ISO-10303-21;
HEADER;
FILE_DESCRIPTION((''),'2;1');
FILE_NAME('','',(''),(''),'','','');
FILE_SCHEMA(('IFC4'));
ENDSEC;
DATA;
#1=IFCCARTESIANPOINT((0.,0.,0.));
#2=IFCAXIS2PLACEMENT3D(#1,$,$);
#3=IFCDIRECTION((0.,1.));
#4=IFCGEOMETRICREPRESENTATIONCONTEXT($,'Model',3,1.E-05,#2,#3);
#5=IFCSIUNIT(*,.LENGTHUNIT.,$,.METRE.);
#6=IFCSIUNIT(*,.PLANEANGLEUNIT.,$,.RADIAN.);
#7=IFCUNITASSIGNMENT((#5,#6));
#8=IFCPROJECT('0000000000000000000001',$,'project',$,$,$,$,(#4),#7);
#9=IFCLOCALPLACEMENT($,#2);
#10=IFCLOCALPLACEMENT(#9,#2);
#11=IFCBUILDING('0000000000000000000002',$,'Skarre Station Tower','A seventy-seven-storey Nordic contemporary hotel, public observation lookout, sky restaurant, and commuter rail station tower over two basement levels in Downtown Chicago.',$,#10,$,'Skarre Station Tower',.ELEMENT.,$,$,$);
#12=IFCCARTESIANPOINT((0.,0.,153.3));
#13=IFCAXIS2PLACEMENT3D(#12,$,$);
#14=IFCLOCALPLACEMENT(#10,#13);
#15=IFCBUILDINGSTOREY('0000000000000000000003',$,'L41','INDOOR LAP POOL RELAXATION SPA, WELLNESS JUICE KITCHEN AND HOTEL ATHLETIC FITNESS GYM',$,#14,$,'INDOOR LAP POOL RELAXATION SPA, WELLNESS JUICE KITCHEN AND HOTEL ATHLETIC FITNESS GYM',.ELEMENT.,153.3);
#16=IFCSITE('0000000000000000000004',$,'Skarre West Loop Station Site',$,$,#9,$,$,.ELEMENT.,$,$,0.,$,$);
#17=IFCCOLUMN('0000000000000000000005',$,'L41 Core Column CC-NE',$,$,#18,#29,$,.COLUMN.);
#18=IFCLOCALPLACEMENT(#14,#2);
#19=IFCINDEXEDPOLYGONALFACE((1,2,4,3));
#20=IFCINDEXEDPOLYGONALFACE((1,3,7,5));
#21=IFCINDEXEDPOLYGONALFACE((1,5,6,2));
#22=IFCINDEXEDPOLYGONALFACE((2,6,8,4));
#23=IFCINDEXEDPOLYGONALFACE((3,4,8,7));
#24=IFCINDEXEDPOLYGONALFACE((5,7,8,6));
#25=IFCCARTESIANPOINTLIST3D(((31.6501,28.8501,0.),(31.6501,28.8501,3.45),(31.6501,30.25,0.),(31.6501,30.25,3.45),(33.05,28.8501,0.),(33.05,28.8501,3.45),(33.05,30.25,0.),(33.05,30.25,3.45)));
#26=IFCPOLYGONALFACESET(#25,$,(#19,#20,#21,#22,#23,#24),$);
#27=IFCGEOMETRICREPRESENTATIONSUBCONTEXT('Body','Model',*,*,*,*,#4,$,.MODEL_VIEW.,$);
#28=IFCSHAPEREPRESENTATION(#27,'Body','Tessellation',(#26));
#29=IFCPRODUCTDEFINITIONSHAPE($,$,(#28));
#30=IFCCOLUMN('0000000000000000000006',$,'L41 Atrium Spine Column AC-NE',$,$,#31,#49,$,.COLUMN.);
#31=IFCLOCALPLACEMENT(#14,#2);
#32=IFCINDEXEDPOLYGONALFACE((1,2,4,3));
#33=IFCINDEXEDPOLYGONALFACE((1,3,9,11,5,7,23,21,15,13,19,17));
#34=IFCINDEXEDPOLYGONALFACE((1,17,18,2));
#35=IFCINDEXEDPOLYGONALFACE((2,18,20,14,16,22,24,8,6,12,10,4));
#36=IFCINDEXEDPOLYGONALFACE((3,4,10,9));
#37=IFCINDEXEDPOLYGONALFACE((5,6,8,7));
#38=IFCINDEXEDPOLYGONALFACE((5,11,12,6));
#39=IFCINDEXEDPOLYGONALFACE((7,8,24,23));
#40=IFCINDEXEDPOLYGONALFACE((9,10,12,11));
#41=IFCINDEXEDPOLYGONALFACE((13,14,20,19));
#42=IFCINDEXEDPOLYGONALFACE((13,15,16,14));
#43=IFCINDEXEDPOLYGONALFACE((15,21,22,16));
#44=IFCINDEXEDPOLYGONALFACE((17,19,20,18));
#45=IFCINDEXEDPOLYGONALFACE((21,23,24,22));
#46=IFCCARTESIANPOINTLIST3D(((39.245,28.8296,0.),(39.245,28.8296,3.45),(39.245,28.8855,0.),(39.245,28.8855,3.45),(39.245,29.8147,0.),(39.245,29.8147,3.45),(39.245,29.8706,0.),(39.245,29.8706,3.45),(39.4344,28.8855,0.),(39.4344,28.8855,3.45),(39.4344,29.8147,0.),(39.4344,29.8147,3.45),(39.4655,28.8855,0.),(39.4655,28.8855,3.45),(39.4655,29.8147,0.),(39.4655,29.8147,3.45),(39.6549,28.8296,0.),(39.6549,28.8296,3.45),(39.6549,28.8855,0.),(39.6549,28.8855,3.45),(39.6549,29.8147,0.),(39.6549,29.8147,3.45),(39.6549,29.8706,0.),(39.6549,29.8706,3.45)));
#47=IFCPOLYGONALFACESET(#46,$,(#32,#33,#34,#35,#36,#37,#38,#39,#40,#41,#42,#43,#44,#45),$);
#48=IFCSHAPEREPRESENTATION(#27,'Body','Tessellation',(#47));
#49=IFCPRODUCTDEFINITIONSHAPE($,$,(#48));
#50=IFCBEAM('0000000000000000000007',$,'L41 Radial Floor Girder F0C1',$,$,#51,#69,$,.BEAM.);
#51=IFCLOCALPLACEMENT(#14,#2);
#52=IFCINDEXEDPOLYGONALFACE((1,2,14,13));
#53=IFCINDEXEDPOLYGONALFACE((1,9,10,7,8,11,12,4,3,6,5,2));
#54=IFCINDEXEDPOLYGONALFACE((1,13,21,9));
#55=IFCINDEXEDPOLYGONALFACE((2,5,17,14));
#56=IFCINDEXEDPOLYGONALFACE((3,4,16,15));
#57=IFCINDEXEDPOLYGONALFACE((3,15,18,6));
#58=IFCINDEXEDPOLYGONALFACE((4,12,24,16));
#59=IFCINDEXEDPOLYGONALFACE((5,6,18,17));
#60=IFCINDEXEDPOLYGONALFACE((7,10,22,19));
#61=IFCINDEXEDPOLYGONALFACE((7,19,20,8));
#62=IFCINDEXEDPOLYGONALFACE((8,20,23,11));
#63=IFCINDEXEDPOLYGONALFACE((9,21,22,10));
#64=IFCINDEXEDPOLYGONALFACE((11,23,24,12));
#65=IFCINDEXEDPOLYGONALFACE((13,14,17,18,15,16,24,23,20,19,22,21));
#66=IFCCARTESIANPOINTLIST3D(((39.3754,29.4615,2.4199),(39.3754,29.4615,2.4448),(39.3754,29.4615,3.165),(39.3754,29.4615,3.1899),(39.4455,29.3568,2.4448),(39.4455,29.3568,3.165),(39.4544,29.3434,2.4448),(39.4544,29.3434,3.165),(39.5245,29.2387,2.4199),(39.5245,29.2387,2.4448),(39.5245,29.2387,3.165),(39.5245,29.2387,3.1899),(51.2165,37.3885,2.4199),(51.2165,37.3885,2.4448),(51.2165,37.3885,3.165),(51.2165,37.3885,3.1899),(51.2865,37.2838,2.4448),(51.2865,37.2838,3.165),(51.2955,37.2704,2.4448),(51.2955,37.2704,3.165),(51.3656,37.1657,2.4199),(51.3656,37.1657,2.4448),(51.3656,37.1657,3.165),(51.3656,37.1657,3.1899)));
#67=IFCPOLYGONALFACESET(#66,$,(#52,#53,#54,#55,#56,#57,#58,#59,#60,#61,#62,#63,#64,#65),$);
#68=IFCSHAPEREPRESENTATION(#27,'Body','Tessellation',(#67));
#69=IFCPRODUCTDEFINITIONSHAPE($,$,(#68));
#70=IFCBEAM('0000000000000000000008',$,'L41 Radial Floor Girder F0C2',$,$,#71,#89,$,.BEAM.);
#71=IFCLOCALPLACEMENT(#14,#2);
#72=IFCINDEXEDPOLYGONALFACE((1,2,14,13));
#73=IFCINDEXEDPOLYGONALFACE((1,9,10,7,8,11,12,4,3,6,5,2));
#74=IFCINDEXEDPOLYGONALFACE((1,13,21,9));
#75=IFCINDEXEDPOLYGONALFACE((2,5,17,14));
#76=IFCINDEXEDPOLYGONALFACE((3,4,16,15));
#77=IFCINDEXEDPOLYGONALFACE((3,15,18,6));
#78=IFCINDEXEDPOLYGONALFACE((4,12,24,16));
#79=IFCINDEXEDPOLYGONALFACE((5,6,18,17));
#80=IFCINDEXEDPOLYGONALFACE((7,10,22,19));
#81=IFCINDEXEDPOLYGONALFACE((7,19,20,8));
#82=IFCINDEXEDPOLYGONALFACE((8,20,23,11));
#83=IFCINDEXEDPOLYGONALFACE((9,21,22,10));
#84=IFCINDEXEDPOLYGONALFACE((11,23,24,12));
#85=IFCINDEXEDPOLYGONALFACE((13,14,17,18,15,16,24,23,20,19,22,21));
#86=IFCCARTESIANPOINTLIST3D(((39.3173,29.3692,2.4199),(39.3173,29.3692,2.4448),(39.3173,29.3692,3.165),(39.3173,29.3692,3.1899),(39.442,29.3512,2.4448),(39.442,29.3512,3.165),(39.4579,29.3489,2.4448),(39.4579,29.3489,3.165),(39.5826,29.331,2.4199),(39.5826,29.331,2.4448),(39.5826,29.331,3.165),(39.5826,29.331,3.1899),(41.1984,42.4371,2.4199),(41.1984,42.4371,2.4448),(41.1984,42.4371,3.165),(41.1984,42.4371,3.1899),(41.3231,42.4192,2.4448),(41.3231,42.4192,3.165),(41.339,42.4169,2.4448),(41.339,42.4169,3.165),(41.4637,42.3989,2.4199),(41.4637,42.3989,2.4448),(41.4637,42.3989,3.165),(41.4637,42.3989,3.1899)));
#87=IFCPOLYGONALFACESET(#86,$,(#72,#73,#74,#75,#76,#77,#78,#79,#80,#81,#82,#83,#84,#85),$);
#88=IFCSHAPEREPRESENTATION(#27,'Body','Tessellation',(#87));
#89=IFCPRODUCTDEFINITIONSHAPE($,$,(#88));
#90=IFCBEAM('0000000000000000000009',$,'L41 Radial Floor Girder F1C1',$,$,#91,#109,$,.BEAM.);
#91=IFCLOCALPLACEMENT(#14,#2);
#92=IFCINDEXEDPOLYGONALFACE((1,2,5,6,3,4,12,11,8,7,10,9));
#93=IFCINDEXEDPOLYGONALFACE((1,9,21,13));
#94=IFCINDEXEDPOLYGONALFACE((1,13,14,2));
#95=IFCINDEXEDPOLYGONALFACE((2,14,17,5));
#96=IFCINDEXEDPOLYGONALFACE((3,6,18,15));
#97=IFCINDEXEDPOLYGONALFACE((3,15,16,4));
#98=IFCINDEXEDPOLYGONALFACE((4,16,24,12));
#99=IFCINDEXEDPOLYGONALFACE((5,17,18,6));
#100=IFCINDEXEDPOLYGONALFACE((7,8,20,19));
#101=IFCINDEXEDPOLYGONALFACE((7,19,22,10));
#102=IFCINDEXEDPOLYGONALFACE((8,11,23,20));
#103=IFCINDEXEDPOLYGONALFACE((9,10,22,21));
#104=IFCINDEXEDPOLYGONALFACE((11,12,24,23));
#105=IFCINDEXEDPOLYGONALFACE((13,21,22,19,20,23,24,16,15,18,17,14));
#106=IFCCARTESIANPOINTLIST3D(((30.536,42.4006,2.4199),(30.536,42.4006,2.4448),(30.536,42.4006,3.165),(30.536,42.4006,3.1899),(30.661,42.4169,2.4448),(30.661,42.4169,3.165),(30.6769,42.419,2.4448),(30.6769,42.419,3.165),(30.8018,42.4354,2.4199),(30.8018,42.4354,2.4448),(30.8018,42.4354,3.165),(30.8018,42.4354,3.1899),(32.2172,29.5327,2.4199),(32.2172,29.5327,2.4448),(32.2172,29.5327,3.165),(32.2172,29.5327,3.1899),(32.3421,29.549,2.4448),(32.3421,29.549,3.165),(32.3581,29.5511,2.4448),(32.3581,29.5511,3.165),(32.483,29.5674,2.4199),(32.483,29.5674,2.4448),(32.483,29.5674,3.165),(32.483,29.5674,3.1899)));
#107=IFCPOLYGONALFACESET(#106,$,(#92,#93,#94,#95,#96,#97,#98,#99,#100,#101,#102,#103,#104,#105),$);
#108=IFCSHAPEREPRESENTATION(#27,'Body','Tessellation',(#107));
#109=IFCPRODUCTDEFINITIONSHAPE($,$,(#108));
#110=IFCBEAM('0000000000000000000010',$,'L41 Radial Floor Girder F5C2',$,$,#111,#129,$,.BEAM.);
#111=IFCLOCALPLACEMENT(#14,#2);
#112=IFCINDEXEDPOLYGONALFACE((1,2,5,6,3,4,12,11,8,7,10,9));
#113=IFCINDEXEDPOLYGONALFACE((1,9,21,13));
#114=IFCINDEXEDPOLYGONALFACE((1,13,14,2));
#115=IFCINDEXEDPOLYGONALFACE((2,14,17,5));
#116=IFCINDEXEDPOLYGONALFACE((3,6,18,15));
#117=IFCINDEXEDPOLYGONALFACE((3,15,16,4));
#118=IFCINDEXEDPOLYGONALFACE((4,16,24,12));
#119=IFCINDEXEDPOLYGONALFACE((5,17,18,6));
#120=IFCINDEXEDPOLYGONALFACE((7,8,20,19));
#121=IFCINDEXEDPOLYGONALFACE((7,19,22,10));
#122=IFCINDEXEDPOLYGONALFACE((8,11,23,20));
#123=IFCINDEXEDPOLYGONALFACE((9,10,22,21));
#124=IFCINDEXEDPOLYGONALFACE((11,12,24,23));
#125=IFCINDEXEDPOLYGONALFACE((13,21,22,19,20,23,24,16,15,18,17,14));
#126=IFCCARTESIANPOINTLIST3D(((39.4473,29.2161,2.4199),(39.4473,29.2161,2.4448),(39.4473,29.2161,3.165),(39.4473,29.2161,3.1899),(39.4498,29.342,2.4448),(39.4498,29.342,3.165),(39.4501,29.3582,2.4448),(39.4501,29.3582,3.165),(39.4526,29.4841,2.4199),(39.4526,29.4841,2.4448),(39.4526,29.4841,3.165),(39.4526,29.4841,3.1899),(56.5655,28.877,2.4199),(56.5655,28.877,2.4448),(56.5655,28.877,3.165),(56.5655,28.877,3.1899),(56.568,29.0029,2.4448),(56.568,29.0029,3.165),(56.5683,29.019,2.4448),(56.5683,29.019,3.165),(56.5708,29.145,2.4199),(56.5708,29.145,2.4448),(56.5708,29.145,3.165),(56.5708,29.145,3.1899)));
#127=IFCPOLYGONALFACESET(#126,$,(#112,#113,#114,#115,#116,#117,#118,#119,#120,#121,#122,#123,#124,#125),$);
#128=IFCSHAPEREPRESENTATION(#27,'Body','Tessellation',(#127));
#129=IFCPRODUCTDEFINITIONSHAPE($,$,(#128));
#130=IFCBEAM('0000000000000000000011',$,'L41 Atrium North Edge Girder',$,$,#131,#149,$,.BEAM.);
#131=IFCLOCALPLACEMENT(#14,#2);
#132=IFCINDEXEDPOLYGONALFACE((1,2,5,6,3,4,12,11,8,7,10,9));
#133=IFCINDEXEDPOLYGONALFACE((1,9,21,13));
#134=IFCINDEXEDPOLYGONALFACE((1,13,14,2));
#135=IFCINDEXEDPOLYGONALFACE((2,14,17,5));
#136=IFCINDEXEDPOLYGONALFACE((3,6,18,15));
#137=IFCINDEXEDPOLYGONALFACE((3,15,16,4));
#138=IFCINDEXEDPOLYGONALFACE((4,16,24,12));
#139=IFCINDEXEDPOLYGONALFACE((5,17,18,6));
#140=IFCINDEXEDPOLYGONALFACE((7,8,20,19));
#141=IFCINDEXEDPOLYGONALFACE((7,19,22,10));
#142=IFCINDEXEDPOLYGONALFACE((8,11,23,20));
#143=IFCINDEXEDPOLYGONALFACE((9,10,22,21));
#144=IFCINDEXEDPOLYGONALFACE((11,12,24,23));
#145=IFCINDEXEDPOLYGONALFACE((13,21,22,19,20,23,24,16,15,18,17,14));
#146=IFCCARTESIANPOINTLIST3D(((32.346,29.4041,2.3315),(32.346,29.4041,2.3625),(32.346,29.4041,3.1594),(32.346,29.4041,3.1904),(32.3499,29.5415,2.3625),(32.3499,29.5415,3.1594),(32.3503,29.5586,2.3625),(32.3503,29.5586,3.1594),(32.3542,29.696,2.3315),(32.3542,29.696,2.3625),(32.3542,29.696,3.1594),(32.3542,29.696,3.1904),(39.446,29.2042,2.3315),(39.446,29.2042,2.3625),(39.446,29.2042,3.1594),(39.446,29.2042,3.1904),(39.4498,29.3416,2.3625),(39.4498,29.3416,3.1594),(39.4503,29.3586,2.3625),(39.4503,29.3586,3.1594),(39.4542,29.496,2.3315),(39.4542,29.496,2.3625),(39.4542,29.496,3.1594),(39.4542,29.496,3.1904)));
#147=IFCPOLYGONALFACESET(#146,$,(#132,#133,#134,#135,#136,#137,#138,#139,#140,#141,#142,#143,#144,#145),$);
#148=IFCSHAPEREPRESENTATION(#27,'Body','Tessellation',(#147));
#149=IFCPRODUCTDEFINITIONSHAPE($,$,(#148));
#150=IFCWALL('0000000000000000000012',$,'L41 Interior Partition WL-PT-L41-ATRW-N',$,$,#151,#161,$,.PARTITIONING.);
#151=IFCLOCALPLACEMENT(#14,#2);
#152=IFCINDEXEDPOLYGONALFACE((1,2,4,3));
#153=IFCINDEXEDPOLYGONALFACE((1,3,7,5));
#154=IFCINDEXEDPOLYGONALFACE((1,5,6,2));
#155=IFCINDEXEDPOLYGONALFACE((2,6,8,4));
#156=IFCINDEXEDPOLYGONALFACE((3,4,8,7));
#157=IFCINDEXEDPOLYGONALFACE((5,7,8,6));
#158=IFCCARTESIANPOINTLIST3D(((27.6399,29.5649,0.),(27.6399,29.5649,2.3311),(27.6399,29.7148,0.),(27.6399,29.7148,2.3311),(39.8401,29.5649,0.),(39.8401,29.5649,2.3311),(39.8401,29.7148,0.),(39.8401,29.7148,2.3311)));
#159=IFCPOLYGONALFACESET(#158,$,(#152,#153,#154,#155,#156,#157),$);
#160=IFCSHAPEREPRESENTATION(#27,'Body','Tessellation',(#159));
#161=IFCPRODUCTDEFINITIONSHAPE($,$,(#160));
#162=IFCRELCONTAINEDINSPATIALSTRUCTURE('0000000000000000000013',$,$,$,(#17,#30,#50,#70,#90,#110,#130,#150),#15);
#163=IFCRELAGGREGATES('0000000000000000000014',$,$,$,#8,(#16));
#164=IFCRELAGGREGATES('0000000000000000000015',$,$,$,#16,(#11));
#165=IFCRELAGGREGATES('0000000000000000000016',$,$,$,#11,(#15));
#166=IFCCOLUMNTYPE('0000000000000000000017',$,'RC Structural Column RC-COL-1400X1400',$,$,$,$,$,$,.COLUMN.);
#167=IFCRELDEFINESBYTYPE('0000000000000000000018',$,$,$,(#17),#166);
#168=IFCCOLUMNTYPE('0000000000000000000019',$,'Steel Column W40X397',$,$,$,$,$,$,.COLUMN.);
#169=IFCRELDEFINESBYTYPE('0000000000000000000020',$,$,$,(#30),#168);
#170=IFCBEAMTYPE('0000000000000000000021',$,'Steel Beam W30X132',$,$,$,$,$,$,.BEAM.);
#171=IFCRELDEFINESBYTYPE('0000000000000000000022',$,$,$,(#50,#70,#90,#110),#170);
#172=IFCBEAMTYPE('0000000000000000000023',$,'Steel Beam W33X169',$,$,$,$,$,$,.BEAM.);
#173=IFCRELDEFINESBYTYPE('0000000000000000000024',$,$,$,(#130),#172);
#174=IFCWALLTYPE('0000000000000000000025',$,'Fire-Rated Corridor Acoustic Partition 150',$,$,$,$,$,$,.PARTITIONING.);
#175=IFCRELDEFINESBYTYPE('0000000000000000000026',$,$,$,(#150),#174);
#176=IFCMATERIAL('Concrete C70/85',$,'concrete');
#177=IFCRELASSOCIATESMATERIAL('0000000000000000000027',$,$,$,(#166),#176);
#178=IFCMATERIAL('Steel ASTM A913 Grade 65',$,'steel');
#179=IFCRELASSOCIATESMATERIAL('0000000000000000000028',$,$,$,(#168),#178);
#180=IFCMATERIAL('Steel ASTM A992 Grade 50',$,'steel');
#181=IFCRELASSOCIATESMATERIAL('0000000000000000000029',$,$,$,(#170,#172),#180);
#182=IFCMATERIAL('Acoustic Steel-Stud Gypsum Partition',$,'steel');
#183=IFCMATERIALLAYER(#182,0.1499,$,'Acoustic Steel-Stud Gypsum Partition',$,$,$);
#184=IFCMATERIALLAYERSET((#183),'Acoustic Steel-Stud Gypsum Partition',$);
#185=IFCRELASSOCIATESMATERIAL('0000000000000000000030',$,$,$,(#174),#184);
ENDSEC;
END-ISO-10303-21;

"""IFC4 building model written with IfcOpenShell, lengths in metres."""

from ifc_helpers import new_model, si_unit, direction, frame, frame_2d, origin, origin_2d, place, context, subcontext, project, spatial, rectangle, i_section, extrude, material, layer, layer_set, material_profile, profile_set, type_object, element, save


model = new_model("IFC4")

# Units and contexts
model_context = context("Model", 3, precision=1e-05, world=origin(), true_north=direction((0.0, 1.0)))
body_context = subcontext(model_context, "Body", "Model", "MODEL_VIEW")
ifc_project = project(units=[si_unit("LENGTHUNIT", "METRE"), si_unit("PLANEANGLEUNIT", "RADIAN")], contexts=[model_context])

# Site, building, storey
site_placement = place(None, origin())
site = spatial("IfcSite", under=ifc_project, at=site_placement, Name="Skarre West Loop Station Site", CompositionType="ELEMENT", RefElevation=0.0)
building_placement = place(site_placement, origin())
building = spatial("IfcBuilding", under=site, at=building_placement, Name="Skarre Station Tower", Description="A seventy-seven-storey Nordic contemporary hotel, public observation lookout, sky restaurant, and commuter rail station tower over two basement levels in Downtown Chicago.", LongName="Skarre Station Tower", CompositionType="ELEMENT")
storey_placement = place(building_placement, frame((0.0, 0.0, 153.3)))
storey = spatial("IfcBuildingStorey", under=building, at=storey_placement, Name="L41", Description="INDOOR LAP POOL RELAXATION SPA, WELLNESS JUICE KITCHEN AND HOTEL ATHLETIC FITNESS GYM", LongName="INDOOR LAP POOL RELAXATION SPA, WELLNESS JUICE KITCHEN AND HOTEL ATHLETIC FITNESS GYM", CompositionType="ELEMENT", Elevation=153.3)

# Columns
ifc_material_1 = material(Name="Concrete C70/85", Category="concrete")
ifc_material_profile_1 = material_profile(ifc_material_1, rectangle(XDim=1.3999, YDim=1.3999, at=origin_2d()), Name="Concrete C70/85")
ifc_profile_set_1 = profile_set([ifc_material_profile_1], Name="Concrete C70/85")
column_type_1 = type_object("IfcColumnType", Name="RC Structural Column RC-COL-1400X1400", PredefinedType="COLUMN", material=ifc_profile_set_1)
column_1_placement = place(storey_placement, frame((32.3501, 29.55, 0.0), z_axis=(0.0, 0.0, 1.0), x_axis=(1.0, 0.0, 0.0)))
element("IfcColumn", 1, at=column_1_placement, inside=storey, type_object=column_type_1, Name="L41 Core Column CC-NE", PredefinedType="COLUMN", context=body_context, shape_type="SweptSolid", body=[
    extrude(rectangle(XDim=1.3999, YDim=1.3999, at=origin_2d()), origin(), (0.0, 0.0, 1.0), 3.45),
])
ifc_material_2 = material(Name="Steel ASTM A913 Grade 65", Category="steel")
ifc_material_profile_2 = material_profile(ifc_material_2, i_section(OverallWidth=0.4099, OverallDepth=1.041, WebThickness=0.031, FlangeThickness=0.0559, at=origin_2d()), Name="Steel ASTM A913 Grade 65")
ifc_profile_set_2 = profile_set([ifc_material_profile_2], Name="Steel ASTM A913 Grade 65")
column_type_2 = type_object("IfcColumnType", Name="Steel Column W40X397", PredefinedType="COLUMN", material=ifc_profile_set_2)
column_2_placement = place(storey_placement, frame((39.45, 29.3501, 0.0), z_axis=(0.0, 0.0, 1.0), x_axis=(1.0, 0.0, 0.0)))
element("IfcColumn", 2, at=column_2_placement, inside=storey, type_object=column_type_2, Name="L41 Atrium Spine Column AC-NE", PredefinedType="COLUMN", context=body_context, shape_type="SweptSolid", body=[
    extrude(i_section(OverallWidth=0.4099, OverallDepth=1.041, WebThickness=0.031, FlangeThickness=0.0559, at=origin_2d()), origin(), (0.0, 0.0, 1.0), 3.45),
])

# Beams
ifc_material_3 = material(Name="Steel ASTM A992 Grade 50", Category="steel")
ifc_material_profile_3 = material_profile(ifc_material_3, i_section(OverallWidth=0.2681, OverallDepth=0.77, WebThickness=0.0161, FlangeThickness=0.0249, at=origin_2d()), Name="Steel ASTM A992 Grade 50")
ifc_profile_set_3 = profile_set([ifc_material_profile_3], Name="Steel ASTM A992 Grade 50")
beam_type_1 = type_object("IfcBeamType", Name="Steel Beam W30X132", PredefinedType="BEAM", material=ifc_profile_set_3)
beam_1_placement = place(storey_placement, frame((39.45, 29.3501, 2.8049), z_axis=(0.830981, 0.5563, 0.0), x_axis=(-0.5563, 0.830981, 0.0)))
element("IfcBeam", 3, at=beam_1_placement, inside=storey, type_object=beam_type_1, Name="L41 Radial Floor Girder F0C1", PredefinedType="BEAM", context=body_context, shape_type="SweptSolid", body=[
    extrude(i_section(OverallWidth=0.2681, OverallDepth=0.77, WebThickness=0.0161, FlangeThickness=0.0249, at=origin_2d()), origin(), (0.0, 0.0, 1.0), 14.2495),
])
beam_2_placement = place(storey_placement, frame((39.45, 29.3501, 2.8049), z_axis=(0.14248, 0.989798, 0.0), x_axis=(-0.989798, 0.14248, 0.0)))
element("IfcBeam", 4, at=beam_2_placement, inside=storey, type_object=beam_type_1, Name="L41 Radial Floor Girder F0C2", PredefinedType="BEAM", context=body_context, shape_type="SweptSolid", body=[
    extrude(i_section(OverallWidth=0.2681, OverallDepth=0.77, WebThickness=0.0161, FlangeThickness=0.0249, at=origin_2d()), origin(), (0.0, 0.0, 1.0), 13.2026),
])
beam_3_placement = place(storey_placement, frame((32.3501, 29.55, 2.8049), z_axis=(-0.129546, 0.991573, 0.0), x_axis=(-0.991573, -0.129546, 0.0)))
element("IfcBeam", 5, at=beam_3_placement, inside=storey, type_object=beam_type_1, Name="L41 Radial Floor Girder F1C1", PredefinedType="BEAM", context=body_context, shape_type="SweptSolid", body=[
    extrude(i_section(OverallWidth=0.2681, OverallDepth=0.77, WebThickness=0.0161, FlangeThickness=0.0249, at=origin_2d()), origin(), (0.0, 0.0, 1.0), 12.9773),
])
beam_4_placement = place(storey_placement, frame((39.45, 29.3501, 2.8049), z_axis=(0.999804, -0.019806, 0.0), x_axis=(0.019806, 0.999804, 0.0)))
element("IfcBeam", 6, at=beam_4_placement, inside=storey, type_object=beam_type_1, Name="L41 Radial Floor Girder F5C2", PredefinedType="BEAM", context=body_context, shape_type="SweptSolid", body=[
    extrude(i_section(OverallWidth=0.2681, OverallDepth=0.77, WebThickness=0.0161, FlangeThickness=0.0249, at=origin_2d()), origin(), (0.0, 0.0, 1.0), 17.1216),
])
ifc_material_profile_4 = material_profile(ifc_material_3, i_section(OverallWidth=0.292, OverallDepth=0.8589, WebThickness=0.0171, FlangeThickness=0.031, at=origin_2d()), Name="Steel ASTM A992 Grade 50")
ifc_profile_set_4 = profile_set([ifc_material_profile_4], Name="Steel ASTM A992 Grade 50")
beam_type_2 = type_object("IfcBeamType", Name="Steel Beam W33X169", PredefinedType="BEAM", material=ifc_profile_set_4)
beam_5_placement = place(storey_placement, frame((32.3501, 29.55, 2.761), z_axis=(0.999604, -0.028152, 0.0), x_axis=(0.028152, 0.999604, 0.0)))
element("IfcBeam", 7, at=beam_5_placement, inside=storey, type_object=beam_type_2, Name="L41 Atrium North Edge Girder", PredefinedType="BEAM", context=body_context, shape_type="SweptSolid", body=[
    extrude(i_section(OverallWidth=0.292, OverallDepth=0.8589, WebThickness=0.0171, FlangeThickness=0.031, at=origin_2d()), origin(), (0.0, 0.0, 1.0), 7.1028),
])

# Wall
ifc_material_4 = material(Name="Acoustic Steel-Stud Gypsum Partition", Category="steel")
ifc_layer_1 = layer(ifc_material_4, 0.1499, Name="Acoustic Steel-Stud Gypsum Partition")
ifc_layer_set_1 = layer_set([ifc_layer_1], Name="Acoustic Steel-Stud Gypsum Partition")
wall_type_1 = type_object("IfcWallType", Name="Fire-Rated Corridor Acoustic Partition 150", PredefinedType="PARTITIONING", material=ifc_layer_set_1)
wall_1_placement = place(storey_placement, frame((39.8401, 29.6399, 0.0), z_axis=(0.0, 0.0, 1.0), x_axis=(-1.0, 0.0, 0.0)))
element("IfcWall", 8, at=wall_1_placement, inside=storey, type_object=wall_type_1, Name="L41 Interior Partition WL-PT-L41-ATRW-N", PredefinedType="PARTITIONING", context=body_context, shape_type="SweptSolid", body=[
    extrude(rectangle(XDim=12.2002, YDim=0.1499, at=frame_2d((6.1001, 0.0))), origin(), (0.0, 0.0, 1.0), 2.3311),
])

save(model, "model.ifc")
